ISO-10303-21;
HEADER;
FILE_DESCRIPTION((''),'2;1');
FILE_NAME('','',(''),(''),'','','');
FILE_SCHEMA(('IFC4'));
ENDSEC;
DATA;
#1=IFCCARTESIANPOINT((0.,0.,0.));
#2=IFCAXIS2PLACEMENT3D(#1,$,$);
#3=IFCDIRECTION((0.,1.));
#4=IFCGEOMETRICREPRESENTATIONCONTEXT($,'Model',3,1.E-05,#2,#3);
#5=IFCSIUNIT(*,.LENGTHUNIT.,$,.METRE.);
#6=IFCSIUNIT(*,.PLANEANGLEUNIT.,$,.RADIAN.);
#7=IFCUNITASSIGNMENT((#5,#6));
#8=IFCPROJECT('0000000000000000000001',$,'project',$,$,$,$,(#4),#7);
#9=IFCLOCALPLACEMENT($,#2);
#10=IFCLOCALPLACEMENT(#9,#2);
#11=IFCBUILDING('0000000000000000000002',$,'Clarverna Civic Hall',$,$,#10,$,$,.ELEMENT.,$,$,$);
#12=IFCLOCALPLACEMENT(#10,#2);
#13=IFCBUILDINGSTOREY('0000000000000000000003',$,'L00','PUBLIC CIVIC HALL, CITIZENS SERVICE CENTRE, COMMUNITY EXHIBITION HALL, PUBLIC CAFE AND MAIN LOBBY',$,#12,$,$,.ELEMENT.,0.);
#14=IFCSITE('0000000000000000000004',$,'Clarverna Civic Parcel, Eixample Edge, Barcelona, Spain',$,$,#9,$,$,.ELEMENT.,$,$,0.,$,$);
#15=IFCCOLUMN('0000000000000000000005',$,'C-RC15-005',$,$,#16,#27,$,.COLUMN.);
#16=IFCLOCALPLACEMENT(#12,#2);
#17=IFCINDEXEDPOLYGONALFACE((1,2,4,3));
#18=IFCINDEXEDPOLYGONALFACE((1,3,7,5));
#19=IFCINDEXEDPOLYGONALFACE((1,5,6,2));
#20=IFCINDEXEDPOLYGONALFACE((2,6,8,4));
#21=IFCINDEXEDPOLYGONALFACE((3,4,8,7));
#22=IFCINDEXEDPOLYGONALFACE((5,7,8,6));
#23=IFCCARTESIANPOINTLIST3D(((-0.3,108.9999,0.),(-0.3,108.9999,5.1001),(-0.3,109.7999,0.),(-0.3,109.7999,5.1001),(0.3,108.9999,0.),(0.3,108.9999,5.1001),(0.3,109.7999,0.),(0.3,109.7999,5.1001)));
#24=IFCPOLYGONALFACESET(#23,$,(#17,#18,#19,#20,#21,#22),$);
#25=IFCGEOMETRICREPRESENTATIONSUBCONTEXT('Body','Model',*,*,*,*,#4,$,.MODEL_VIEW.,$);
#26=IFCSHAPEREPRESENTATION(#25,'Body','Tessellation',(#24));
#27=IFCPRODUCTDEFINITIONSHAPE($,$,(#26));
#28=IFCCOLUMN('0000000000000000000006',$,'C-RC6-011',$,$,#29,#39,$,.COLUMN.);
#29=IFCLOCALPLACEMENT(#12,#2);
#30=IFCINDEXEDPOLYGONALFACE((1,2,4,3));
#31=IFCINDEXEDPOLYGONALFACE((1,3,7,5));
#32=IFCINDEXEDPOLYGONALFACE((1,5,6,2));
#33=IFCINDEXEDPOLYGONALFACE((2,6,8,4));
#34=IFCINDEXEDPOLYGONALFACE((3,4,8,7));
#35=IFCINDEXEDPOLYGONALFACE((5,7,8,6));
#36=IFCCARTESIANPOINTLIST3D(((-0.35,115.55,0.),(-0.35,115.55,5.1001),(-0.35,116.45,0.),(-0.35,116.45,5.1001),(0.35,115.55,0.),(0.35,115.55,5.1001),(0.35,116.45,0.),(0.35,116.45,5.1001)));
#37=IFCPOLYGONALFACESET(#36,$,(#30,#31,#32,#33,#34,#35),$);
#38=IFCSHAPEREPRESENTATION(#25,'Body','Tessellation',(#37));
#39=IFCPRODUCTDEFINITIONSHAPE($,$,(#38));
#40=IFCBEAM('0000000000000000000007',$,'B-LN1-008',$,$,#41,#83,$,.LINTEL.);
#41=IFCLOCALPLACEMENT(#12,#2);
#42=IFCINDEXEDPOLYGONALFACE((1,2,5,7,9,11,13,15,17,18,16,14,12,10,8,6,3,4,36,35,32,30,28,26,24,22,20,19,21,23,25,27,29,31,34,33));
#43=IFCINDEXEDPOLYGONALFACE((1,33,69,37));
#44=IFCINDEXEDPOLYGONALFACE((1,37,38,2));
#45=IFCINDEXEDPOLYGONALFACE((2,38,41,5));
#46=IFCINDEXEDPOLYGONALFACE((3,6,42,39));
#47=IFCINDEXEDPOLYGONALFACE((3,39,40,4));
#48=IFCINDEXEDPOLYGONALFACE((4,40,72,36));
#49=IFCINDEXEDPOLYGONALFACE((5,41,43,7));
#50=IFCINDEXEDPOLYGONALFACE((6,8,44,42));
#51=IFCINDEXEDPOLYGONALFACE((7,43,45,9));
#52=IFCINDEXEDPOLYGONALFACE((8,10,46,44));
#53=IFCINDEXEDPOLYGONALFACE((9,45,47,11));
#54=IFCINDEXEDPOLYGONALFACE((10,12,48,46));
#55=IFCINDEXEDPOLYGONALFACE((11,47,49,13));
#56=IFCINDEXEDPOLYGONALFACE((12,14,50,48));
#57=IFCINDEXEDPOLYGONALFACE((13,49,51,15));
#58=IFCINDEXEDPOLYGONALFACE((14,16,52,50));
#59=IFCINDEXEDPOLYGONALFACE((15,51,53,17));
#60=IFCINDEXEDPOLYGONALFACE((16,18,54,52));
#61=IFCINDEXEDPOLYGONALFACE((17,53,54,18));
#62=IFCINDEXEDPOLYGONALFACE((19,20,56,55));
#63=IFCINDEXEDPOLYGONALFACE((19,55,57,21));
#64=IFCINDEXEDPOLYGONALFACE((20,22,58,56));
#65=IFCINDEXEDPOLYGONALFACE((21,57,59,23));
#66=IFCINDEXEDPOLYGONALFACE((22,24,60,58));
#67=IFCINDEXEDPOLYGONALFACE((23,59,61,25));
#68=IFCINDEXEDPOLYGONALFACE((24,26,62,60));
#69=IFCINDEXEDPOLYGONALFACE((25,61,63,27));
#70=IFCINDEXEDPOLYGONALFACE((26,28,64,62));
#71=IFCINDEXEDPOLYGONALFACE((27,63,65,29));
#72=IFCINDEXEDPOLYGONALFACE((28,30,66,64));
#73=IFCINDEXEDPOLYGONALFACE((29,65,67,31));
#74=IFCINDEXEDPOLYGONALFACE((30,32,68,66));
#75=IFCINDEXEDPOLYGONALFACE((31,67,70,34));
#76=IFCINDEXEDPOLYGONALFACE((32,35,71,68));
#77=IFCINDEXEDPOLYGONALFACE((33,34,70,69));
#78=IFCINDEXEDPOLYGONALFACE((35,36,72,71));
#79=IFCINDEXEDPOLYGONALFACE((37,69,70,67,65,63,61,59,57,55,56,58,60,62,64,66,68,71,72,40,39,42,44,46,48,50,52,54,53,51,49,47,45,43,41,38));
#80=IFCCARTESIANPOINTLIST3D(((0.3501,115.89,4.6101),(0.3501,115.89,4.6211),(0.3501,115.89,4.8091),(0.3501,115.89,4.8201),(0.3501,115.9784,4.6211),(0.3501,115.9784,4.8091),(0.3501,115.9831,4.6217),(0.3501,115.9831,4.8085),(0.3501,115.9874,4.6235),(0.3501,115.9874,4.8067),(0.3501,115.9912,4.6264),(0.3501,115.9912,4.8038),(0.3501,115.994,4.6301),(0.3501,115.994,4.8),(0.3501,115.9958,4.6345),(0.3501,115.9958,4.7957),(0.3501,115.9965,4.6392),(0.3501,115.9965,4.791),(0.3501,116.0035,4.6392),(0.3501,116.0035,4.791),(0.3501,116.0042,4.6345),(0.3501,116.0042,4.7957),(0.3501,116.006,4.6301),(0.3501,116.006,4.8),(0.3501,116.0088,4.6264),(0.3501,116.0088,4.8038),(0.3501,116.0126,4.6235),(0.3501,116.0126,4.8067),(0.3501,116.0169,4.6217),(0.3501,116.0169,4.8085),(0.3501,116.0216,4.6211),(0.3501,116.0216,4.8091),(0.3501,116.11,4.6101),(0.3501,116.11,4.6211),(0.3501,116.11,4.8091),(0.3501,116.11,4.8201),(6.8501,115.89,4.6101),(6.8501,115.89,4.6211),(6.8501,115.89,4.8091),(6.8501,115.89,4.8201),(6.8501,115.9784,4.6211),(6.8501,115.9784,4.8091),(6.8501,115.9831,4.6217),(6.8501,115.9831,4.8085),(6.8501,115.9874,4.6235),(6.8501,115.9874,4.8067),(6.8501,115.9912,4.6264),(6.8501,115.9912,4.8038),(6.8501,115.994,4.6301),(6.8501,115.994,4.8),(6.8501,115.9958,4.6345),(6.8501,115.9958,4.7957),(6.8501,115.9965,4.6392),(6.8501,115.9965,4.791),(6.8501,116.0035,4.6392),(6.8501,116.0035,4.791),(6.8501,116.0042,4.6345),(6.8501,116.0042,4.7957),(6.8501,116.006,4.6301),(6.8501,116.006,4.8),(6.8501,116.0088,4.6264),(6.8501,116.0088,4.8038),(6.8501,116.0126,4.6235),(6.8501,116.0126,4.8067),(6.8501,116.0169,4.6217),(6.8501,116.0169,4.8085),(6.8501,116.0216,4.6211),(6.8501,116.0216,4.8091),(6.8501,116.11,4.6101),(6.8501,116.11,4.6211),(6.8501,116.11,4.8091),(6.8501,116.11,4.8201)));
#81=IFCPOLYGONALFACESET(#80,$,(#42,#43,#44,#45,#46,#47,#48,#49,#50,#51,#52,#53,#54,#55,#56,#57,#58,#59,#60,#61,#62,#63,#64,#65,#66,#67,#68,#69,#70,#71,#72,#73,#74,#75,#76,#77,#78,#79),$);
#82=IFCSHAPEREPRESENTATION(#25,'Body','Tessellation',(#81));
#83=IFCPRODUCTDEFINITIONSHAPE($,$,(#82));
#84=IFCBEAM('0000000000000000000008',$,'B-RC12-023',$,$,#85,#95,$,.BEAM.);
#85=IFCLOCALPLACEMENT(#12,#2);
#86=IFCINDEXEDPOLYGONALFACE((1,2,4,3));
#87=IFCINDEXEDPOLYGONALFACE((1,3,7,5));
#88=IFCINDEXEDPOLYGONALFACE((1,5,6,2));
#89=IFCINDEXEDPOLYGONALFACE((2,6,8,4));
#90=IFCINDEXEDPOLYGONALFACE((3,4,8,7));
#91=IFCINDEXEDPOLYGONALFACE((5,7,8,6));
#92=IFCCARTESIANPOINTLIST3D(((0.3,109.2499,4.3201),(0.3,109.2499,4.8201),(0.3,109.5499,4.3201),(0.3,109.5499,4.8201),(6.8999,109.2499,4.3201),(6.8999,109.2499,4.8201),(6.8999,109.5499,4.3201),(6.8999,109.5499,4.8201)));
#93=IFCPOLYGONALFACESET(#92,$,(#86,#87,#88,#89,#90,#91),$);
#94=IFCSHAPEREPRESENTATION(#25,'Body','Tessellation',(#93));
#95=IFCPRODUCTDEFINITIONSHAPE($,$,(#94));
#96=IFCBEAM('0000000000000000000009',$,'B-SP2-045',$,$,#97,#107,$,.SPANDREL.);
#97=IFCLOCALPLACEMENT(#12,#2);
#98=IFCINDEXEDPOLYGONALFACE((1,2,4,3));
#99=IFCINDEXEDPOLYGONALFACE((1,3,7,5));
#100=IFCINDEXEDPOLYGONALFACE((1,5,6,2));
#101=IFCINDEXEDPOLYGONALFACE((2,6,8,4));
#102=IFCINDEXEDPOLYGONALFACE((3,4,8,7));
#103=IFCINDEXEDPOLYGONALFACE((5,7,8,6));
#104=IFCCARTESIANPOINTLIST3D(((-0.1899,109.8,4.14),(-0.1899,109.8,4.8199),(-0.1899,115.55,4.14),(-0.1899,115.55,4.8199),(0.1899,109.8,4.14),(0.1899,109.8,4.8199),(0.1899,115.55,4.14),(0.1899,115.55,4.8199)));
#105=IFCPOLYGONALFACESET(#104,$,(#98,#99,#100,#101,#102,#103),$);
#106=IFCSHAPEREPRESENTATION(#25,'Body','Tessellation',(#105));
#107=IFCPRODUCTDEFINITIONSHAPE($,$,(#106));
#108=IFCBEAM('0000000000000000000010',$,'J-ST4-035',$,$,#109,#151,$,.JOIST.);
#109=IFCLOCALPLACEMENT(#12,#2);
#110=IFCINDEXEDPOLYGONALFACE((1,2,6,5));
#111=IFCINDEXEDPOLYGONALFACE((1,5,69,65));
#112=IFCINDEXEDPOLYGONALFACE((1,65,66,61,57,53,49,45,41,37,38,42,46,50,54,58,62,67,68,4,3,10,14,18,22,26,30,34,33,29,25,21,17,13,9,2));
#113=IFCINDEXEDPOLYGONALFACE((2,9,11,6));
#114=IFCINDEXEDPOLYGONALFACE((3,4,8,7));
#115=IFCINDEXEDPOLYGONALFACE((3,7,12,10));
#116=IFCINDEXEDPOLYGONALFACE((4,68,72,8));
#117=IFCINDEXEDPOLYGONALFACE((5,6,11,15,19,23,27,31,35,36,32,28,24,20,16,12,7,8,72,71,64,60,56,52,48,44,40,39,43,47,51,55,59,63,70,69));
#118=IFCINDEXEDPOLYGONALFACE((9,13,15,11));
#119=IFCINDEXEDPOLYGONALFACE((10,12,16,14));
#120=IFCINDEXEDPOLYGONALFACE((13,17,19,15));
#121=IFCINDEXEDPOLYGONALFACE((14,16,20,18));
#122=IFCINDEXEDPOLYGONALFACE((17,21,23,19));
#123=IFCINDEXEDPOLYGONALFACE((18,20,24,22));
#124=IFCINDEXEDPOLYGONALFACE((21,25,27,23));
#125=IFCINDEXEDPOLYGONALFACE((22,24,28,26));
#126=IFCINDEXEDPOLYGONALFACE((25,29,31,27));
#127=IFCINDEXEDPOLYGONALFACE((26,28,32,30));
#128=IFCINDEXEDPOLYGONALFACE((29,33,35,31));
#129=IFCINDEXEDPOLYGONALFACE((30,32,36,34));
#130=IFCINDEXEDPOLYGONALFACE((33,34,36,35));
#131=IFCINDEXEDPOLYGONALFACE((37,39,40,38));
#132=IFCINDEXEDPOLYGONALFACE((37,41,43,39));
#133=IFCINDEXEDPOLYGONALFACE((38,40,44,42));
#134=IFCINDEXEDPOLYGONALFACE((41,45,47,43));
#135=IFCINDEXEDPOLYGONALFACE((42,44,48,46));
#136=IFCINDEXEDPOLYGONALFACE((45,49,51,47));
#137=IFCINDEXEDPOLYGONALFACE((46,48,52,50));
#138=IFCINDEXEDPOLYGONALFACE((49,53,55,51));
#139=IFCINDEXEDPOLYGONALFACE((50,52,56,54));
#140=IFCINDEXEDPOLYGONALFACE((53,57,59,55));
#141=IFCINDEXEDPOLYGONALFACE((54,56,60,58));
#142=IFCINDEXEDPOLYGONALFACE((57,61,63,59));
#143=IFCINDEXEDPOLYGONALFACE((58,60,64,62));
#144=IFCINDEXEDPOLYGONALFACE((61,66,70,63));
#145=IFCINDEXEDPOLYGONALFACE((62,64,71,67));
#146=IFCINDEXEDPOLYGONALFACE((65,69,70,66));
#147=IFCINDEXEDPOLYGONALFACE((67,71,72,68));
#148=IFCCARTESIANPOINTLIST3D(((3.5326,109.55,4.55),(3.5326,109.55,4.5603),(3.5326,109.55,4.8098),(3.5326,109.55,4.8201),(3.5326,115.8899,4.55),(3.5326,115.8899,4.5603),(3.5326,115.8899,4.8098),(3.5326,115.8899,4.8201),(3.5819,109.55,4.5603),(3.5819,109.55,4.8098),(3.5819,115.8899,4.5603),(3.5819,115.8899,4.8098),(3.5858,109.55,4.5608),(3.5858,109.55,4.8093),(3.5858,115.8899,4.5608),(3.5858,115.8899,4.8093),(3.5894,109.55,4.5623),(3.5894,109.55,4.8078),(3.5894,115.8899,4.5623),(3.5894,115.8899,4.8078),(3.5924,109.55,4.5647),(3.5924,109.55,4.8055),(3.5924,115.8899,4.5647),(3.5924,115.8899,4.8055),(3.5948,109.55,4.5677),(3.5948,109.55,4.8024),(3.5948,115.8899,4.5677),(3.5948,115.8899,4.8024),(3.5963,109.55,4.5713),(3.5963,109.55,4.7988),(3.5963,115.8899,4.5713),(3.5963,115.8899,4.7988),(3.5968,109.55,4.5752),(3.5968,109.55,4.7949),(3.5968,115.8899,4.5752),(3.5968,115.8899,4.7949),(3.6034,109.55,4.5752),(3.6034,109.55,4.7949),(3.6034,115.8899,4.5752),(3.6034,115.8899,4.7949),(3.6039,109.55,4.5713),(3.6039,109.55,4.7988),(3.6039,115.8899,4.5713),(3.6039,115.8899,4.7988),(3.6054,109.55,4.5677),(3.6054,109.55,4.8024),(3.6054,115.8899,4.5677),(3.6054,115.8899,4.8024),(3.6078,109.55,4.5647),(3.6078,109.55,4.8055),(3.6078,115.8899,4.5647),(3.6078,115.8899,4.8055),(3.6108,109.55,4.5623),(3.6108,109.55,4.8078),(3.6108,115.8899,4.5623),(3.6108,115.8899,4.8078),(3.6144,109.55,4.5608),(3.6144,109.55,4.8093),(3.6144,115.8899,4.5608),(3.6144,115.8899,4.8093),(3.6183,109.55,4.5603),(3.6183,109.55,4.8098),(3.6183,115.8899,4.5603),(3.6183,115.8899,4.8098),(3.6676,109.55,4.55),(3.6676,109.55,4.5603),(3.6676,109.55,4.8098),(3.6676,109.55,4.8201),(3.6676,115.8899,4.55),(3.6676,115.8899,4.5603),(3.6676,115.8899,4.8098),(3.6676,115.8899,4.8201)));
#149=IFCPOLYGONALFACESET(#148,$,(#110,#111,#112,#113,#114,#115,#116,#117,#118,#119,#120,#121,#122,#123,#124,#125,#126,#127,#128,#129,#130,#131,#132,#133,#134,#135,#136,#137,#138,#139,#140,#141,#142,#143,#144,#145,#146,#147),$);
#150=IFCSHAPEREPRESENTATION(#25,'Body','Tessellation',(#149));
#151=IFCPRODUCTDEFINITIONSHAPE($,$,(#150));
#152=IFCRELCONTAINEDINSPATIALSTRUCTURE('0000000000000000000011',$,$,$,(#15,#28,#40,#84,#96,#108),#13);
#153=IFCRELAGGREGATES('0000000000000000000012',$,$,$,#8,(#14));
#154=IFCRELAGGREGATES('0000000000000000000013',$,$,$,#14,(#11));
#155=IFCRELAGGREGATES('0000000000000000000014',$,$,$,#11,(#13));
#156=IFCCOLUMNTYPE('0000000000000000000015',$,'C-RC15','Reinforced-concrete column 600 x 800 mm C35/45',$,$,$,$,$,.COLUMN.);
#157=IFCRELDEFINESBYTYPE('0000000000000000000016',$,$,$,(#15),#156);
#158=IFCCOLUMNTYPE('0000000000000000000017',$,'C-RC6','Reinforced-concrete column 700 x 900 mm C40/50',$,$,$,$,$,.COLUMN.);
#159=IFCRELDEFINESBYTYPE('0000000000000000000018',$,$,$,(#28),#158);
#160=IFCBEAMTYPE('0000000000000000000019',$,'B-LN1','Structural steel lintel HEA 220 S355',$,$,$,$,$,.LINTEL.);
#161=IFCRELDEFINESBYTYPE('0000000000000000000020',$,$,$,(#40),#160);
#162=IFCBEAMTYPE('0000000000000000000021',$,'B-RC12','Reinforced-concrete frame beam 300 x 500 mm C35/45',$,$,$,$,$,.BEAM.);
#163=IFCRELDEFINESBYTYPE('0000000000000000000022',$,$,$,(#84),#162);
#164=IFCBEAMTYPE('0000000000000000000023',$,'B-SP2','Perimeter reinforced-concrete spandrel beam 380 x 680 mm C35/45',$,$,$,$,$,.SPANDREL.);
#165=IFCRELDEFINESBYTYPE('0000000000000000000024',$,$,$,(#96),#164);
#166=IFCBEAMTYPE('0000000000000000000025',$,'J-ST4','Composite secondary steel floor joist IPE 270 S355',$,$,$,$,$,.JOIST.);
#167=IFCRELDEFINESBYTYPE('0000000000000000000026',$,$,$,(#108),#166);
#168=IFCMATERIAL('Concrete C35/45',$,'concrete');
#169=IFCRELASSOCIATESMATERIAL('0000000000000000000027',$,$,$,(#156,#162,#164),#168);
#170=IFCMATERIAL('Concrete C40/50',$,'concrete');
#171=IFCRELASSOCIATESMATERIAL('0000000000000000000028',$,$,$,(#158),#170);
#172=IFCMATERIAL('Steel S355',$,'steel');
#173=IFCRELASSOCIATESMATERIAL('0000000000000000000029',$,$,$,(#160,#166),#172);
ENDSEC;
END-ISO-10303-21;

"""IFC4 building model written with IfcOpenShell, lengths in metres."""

from ifc_helpers import new_model, si_unit, direction, frame, origin, origin_2d, place, context, subcontext, project, spatial, rectangle, i_section, extrude, material, material_profile, profile_set, type_object, element, save


model = new_model("IFC4")

# Units and contexts
model_context = context("Model", 3, precision=1e-05, world=origin(), true_north=direction((0.0, 1.0)))
body_context = subcontext(model_context, "Body", "Model", "MODEL_VIEW")
ifc_project = project(units=[si_unit("LENGTHUNIT", "METRE"), si_unit("PLANEANGLEUNIT", "RADIAN")], contexts=[model_context])

# Site, building, storey
site_placement = place(None, origin())
site = spatial("IfcSite", under=ifc_project, at=site_placement, Name="Clarverna Civic Parcel, Eixample Edge, Barcelona, Spain", CompositionType="ELEMENT", RefElevation=0.0)
building_placement = place(site_placement, origin())
building = spatial("IfcBuilding", under=site, at=building_placement, Name="Clarverna Civic Hall", CompositionType="ELEMENT")
storey_placement = place(building_placement, origin())
storey = spatial("IfcBuildingStorey", under=building, at=storey_placement, Name="L00", Description="PUBLIC CIVIC HALL, CITIZENS SERVICE CENTRE, COMMUNITY EXHIBITION HALL, PUBLIC CAFE AND MAIN LOBBY", CompositionType="ELEMENT", Elevation=0.0)

# Columns
ifc_material_1 = material(Name="Concrete C35/45", Category="concrete")
ifc_material_profile_1 = material_profile(ifc_material_1, rectangle(XDim=0.6001, YDim=0.8, at=origin_2d()), Name="RC 600x800")
ifc_profile_set_1 = profile_set([ifc_material_profile_1], Name="Concrete C35/45")
column_type_1 = type_object("IfcColumnType", Name="C-RC15", Description="Reinforced-concrete column 600 x 800 mm C35/45", PredefinedType="COLUMN", material=ifc_profile_set_1)
column_1_placement = place(storey_placement, frame((0.0, 109.3999, 0.0), z_axis=(0.0, 0.0, 1.0), x_axis=(1.0, 0.0, 0.0)))
element("IfcColumn", 1, at=column_1_placement, inside=storey, type_object=column_type_1, Name="C-RC15-005", PredefinedType="COLUMN", context=body_context, shape_type="SweptSolid", body=[
    extrude(rectangle(XDim=0.6001, YDim=0.8, at=origin_2d()), origin(), (0.0, 0.0, 1.0), 5.1001),
])
ifc_material_2 = material(Name="Concrete C40/50", Category="concrete")
ifc_material_profile_2 = material_profile(ifc_material_2, rectangle(XDim=0.7, YDim=0.8999, at=origin_2d()), Name="RC 700x900")
ifc_profile_set_2 = profile_set([ifc_material_profile_2], Name="Concrete C40/50")
column_type_2 = type_object("IfcColumnType", Name="C-RC6", Description="Reinforced-concrete column 700 x 900 mm C40/50", PredefinedType="COLUMN", material=ifc_profile_set_2)
column_2_placement = place(storey_placement, frame((0.0, 116.0, 0.0), z_axis=(0.0, 0.0, 1.0), x_axis=(1.0, 0.0, 0.0)))
element("IfcColumn", 2, at=column_2_placement, inside=storey, type_object=column_type_2, Name="C-RC6-011", PredefinedType="COLUMN", context=body_context, shape_type="SweptSolid", body=[
    extrude(rectangle(XDim=0.7, YDim=0.8999, at=origin_2d()), origin(), (0.0, 0.0, 1.0), 5.1001),
])

# Beams
ifc_material_3 = material(Name="Steel S355", Category="steel")
ifc_material_profile_3 = material_profile(ifc_material_3, i_section(OverallWidth=0.22, OverallDepth=0.21, WebThickness=0.0071, FlangeThickness=0.011, FilletRadius=0.0181, at=origin_2d()), Name="HEA 220")
ifc_profile_set_3 = profile_set([ifc_material_profile_3], Name="Steel S355")
beam_type_1 = type_object("IfcBeamType", Name="B-LN1", Description="Structural steel lintel HEA 220 S355", PredefinedType="LINTEL", material=ifc_profile_set_3)
beam_1_placement = place(storey_placement, frame((0.3501, 116.0, 4.7151), z_axis=(1.0, 0.0, 0.0), x_axis=(0.0, 1.0, 0.0)))
element("IfcBeam", 3, at=beam_1_placement, inside=storey, type_object=beam_type_1, Name="B-LN1-008", PredefinedType="LINTEL", context=body_context, shape_type="SweptSolid", body=[
    extrude(i_section(OverallWidth=0.22, OverallDepth=0.21, WebThickness=0.0071, FlangeThickness=0.011, FilletRadius=0.0181, at=origin_2d()), origin(), (0.0, 0.0, 1.0), 6.5),
])
ifc_material_profile_4 = material_profile(ifc_material_1, rectangle(XDim=0.3, YDim=0.5, at=origin_2d()), Name="RC 300x500")
ifc_profile_set_4 = profile_set([ifc_material_profile_4], Name="Concrete C35/45")
beam_type_2 = type_object("IfcBeamType", Name="B-RC12", Description="Reinforced-concrete frame beam 300 x 500 mm C35/45", PredefinedType="BEAM", material=ifc_profile_set_4)
beam_2_placement = place(storey_placement, frame((0.3, 109.3999, 4.5701), z_axis=(1.0, 0.0, 0.0), x_axis=(0.0, 1.0, 0.0)))
element("IfcBeam", 4, at=beam_2_placement, inside=storey, type_object=beam_type_2, Name="B-RC12-023", PredefinedType="BEAM", context=body_context, shape_type="SweptSolid", body=[
    extrude(rectangle(XDim=0.3, YDim=0.5, at=origin_2d()), origin(), (0.0, 0.0, 1.0), 6.5999),
])
ifc_material_profile_5 = material_profile(ifc_material_1, rectangle(XDim=0.3799, YDim=0.6799, at=origin_2d()), Name="RC 380x680")
ifc_profile_set_5 = profile_set([ifc_material_profile_5], Name="Concrete C35/45")
beam_type_3 = type_object("IfcBeamType", Name="B-SP2", Description="Perimeter reinforced-concrete spandrel beam 380 x 680 mm C35/45", PredefinedType="SPANDREL", material=ifc_profile_set_5)
beam_3_placement = place(storey_placement, frame((0.0, 109.8, 4.48), z_axis=(0.0, 1.0, 0.0), x_axis=(-1.0, 0.0, 0.0)))
element("IfcBeam", 5, at=beam_3_placement, inside=storey, type_object=beam_type_3, Name="B-SP2-045", PredefinedType="SPANDREL", context=body_context, shape_type="SweptSolid", body=[
    extrude(rectangle(XDim=0.3799, YDim=0.6799, at=origin_2d()), origin(), (0.0, 0.0, 1.0), 5.75),
])
ifc_material_profile_6 = material_profile(ifc_material_3, i_section(OverallWidth=0.135, OverallDepth=0.27, WebThickness=0.0066, FlangeThickness=0.0103, FilletRadius=0.0149, at=origin_2d()), Name="IPE 270")
ifc_profile_set_6 = profile_set([ifc_material_profile_6], Name="Steel S355")
beam_type_4 = type_object("IfcBeamType", Name="J-ST4", Description="Composite secondary steel floor joist IPE 270 S355", PredefinedType="JOIST", material=ifc_profile_set_6)
beam_4_placement = place(storey_placement, frame((3.6001, 109.55, 4.6851), z_axis=(0.0, 1.0, 0.0), x_axis=(-1.0, 0.0, 0.0)))
element("IfcBeam", 6, at=beam_4_placement, inside=storey, type_object=beam_type_4, Name="J-ST4-035", PredefinedType="JOIST", context=body_context, shape_type="SweptSolid", body=[
    extrude(i_section(OverallWidth=0.135, OverallDepth=0.27, WebThickness=0.0066, FlangeThickness=0.0103, FilletRadius=0.0149, at=origin_2d()), origin(), (0.0, 0.0, 1.0), 6.3398),
])

save(model, "model.ifc")
